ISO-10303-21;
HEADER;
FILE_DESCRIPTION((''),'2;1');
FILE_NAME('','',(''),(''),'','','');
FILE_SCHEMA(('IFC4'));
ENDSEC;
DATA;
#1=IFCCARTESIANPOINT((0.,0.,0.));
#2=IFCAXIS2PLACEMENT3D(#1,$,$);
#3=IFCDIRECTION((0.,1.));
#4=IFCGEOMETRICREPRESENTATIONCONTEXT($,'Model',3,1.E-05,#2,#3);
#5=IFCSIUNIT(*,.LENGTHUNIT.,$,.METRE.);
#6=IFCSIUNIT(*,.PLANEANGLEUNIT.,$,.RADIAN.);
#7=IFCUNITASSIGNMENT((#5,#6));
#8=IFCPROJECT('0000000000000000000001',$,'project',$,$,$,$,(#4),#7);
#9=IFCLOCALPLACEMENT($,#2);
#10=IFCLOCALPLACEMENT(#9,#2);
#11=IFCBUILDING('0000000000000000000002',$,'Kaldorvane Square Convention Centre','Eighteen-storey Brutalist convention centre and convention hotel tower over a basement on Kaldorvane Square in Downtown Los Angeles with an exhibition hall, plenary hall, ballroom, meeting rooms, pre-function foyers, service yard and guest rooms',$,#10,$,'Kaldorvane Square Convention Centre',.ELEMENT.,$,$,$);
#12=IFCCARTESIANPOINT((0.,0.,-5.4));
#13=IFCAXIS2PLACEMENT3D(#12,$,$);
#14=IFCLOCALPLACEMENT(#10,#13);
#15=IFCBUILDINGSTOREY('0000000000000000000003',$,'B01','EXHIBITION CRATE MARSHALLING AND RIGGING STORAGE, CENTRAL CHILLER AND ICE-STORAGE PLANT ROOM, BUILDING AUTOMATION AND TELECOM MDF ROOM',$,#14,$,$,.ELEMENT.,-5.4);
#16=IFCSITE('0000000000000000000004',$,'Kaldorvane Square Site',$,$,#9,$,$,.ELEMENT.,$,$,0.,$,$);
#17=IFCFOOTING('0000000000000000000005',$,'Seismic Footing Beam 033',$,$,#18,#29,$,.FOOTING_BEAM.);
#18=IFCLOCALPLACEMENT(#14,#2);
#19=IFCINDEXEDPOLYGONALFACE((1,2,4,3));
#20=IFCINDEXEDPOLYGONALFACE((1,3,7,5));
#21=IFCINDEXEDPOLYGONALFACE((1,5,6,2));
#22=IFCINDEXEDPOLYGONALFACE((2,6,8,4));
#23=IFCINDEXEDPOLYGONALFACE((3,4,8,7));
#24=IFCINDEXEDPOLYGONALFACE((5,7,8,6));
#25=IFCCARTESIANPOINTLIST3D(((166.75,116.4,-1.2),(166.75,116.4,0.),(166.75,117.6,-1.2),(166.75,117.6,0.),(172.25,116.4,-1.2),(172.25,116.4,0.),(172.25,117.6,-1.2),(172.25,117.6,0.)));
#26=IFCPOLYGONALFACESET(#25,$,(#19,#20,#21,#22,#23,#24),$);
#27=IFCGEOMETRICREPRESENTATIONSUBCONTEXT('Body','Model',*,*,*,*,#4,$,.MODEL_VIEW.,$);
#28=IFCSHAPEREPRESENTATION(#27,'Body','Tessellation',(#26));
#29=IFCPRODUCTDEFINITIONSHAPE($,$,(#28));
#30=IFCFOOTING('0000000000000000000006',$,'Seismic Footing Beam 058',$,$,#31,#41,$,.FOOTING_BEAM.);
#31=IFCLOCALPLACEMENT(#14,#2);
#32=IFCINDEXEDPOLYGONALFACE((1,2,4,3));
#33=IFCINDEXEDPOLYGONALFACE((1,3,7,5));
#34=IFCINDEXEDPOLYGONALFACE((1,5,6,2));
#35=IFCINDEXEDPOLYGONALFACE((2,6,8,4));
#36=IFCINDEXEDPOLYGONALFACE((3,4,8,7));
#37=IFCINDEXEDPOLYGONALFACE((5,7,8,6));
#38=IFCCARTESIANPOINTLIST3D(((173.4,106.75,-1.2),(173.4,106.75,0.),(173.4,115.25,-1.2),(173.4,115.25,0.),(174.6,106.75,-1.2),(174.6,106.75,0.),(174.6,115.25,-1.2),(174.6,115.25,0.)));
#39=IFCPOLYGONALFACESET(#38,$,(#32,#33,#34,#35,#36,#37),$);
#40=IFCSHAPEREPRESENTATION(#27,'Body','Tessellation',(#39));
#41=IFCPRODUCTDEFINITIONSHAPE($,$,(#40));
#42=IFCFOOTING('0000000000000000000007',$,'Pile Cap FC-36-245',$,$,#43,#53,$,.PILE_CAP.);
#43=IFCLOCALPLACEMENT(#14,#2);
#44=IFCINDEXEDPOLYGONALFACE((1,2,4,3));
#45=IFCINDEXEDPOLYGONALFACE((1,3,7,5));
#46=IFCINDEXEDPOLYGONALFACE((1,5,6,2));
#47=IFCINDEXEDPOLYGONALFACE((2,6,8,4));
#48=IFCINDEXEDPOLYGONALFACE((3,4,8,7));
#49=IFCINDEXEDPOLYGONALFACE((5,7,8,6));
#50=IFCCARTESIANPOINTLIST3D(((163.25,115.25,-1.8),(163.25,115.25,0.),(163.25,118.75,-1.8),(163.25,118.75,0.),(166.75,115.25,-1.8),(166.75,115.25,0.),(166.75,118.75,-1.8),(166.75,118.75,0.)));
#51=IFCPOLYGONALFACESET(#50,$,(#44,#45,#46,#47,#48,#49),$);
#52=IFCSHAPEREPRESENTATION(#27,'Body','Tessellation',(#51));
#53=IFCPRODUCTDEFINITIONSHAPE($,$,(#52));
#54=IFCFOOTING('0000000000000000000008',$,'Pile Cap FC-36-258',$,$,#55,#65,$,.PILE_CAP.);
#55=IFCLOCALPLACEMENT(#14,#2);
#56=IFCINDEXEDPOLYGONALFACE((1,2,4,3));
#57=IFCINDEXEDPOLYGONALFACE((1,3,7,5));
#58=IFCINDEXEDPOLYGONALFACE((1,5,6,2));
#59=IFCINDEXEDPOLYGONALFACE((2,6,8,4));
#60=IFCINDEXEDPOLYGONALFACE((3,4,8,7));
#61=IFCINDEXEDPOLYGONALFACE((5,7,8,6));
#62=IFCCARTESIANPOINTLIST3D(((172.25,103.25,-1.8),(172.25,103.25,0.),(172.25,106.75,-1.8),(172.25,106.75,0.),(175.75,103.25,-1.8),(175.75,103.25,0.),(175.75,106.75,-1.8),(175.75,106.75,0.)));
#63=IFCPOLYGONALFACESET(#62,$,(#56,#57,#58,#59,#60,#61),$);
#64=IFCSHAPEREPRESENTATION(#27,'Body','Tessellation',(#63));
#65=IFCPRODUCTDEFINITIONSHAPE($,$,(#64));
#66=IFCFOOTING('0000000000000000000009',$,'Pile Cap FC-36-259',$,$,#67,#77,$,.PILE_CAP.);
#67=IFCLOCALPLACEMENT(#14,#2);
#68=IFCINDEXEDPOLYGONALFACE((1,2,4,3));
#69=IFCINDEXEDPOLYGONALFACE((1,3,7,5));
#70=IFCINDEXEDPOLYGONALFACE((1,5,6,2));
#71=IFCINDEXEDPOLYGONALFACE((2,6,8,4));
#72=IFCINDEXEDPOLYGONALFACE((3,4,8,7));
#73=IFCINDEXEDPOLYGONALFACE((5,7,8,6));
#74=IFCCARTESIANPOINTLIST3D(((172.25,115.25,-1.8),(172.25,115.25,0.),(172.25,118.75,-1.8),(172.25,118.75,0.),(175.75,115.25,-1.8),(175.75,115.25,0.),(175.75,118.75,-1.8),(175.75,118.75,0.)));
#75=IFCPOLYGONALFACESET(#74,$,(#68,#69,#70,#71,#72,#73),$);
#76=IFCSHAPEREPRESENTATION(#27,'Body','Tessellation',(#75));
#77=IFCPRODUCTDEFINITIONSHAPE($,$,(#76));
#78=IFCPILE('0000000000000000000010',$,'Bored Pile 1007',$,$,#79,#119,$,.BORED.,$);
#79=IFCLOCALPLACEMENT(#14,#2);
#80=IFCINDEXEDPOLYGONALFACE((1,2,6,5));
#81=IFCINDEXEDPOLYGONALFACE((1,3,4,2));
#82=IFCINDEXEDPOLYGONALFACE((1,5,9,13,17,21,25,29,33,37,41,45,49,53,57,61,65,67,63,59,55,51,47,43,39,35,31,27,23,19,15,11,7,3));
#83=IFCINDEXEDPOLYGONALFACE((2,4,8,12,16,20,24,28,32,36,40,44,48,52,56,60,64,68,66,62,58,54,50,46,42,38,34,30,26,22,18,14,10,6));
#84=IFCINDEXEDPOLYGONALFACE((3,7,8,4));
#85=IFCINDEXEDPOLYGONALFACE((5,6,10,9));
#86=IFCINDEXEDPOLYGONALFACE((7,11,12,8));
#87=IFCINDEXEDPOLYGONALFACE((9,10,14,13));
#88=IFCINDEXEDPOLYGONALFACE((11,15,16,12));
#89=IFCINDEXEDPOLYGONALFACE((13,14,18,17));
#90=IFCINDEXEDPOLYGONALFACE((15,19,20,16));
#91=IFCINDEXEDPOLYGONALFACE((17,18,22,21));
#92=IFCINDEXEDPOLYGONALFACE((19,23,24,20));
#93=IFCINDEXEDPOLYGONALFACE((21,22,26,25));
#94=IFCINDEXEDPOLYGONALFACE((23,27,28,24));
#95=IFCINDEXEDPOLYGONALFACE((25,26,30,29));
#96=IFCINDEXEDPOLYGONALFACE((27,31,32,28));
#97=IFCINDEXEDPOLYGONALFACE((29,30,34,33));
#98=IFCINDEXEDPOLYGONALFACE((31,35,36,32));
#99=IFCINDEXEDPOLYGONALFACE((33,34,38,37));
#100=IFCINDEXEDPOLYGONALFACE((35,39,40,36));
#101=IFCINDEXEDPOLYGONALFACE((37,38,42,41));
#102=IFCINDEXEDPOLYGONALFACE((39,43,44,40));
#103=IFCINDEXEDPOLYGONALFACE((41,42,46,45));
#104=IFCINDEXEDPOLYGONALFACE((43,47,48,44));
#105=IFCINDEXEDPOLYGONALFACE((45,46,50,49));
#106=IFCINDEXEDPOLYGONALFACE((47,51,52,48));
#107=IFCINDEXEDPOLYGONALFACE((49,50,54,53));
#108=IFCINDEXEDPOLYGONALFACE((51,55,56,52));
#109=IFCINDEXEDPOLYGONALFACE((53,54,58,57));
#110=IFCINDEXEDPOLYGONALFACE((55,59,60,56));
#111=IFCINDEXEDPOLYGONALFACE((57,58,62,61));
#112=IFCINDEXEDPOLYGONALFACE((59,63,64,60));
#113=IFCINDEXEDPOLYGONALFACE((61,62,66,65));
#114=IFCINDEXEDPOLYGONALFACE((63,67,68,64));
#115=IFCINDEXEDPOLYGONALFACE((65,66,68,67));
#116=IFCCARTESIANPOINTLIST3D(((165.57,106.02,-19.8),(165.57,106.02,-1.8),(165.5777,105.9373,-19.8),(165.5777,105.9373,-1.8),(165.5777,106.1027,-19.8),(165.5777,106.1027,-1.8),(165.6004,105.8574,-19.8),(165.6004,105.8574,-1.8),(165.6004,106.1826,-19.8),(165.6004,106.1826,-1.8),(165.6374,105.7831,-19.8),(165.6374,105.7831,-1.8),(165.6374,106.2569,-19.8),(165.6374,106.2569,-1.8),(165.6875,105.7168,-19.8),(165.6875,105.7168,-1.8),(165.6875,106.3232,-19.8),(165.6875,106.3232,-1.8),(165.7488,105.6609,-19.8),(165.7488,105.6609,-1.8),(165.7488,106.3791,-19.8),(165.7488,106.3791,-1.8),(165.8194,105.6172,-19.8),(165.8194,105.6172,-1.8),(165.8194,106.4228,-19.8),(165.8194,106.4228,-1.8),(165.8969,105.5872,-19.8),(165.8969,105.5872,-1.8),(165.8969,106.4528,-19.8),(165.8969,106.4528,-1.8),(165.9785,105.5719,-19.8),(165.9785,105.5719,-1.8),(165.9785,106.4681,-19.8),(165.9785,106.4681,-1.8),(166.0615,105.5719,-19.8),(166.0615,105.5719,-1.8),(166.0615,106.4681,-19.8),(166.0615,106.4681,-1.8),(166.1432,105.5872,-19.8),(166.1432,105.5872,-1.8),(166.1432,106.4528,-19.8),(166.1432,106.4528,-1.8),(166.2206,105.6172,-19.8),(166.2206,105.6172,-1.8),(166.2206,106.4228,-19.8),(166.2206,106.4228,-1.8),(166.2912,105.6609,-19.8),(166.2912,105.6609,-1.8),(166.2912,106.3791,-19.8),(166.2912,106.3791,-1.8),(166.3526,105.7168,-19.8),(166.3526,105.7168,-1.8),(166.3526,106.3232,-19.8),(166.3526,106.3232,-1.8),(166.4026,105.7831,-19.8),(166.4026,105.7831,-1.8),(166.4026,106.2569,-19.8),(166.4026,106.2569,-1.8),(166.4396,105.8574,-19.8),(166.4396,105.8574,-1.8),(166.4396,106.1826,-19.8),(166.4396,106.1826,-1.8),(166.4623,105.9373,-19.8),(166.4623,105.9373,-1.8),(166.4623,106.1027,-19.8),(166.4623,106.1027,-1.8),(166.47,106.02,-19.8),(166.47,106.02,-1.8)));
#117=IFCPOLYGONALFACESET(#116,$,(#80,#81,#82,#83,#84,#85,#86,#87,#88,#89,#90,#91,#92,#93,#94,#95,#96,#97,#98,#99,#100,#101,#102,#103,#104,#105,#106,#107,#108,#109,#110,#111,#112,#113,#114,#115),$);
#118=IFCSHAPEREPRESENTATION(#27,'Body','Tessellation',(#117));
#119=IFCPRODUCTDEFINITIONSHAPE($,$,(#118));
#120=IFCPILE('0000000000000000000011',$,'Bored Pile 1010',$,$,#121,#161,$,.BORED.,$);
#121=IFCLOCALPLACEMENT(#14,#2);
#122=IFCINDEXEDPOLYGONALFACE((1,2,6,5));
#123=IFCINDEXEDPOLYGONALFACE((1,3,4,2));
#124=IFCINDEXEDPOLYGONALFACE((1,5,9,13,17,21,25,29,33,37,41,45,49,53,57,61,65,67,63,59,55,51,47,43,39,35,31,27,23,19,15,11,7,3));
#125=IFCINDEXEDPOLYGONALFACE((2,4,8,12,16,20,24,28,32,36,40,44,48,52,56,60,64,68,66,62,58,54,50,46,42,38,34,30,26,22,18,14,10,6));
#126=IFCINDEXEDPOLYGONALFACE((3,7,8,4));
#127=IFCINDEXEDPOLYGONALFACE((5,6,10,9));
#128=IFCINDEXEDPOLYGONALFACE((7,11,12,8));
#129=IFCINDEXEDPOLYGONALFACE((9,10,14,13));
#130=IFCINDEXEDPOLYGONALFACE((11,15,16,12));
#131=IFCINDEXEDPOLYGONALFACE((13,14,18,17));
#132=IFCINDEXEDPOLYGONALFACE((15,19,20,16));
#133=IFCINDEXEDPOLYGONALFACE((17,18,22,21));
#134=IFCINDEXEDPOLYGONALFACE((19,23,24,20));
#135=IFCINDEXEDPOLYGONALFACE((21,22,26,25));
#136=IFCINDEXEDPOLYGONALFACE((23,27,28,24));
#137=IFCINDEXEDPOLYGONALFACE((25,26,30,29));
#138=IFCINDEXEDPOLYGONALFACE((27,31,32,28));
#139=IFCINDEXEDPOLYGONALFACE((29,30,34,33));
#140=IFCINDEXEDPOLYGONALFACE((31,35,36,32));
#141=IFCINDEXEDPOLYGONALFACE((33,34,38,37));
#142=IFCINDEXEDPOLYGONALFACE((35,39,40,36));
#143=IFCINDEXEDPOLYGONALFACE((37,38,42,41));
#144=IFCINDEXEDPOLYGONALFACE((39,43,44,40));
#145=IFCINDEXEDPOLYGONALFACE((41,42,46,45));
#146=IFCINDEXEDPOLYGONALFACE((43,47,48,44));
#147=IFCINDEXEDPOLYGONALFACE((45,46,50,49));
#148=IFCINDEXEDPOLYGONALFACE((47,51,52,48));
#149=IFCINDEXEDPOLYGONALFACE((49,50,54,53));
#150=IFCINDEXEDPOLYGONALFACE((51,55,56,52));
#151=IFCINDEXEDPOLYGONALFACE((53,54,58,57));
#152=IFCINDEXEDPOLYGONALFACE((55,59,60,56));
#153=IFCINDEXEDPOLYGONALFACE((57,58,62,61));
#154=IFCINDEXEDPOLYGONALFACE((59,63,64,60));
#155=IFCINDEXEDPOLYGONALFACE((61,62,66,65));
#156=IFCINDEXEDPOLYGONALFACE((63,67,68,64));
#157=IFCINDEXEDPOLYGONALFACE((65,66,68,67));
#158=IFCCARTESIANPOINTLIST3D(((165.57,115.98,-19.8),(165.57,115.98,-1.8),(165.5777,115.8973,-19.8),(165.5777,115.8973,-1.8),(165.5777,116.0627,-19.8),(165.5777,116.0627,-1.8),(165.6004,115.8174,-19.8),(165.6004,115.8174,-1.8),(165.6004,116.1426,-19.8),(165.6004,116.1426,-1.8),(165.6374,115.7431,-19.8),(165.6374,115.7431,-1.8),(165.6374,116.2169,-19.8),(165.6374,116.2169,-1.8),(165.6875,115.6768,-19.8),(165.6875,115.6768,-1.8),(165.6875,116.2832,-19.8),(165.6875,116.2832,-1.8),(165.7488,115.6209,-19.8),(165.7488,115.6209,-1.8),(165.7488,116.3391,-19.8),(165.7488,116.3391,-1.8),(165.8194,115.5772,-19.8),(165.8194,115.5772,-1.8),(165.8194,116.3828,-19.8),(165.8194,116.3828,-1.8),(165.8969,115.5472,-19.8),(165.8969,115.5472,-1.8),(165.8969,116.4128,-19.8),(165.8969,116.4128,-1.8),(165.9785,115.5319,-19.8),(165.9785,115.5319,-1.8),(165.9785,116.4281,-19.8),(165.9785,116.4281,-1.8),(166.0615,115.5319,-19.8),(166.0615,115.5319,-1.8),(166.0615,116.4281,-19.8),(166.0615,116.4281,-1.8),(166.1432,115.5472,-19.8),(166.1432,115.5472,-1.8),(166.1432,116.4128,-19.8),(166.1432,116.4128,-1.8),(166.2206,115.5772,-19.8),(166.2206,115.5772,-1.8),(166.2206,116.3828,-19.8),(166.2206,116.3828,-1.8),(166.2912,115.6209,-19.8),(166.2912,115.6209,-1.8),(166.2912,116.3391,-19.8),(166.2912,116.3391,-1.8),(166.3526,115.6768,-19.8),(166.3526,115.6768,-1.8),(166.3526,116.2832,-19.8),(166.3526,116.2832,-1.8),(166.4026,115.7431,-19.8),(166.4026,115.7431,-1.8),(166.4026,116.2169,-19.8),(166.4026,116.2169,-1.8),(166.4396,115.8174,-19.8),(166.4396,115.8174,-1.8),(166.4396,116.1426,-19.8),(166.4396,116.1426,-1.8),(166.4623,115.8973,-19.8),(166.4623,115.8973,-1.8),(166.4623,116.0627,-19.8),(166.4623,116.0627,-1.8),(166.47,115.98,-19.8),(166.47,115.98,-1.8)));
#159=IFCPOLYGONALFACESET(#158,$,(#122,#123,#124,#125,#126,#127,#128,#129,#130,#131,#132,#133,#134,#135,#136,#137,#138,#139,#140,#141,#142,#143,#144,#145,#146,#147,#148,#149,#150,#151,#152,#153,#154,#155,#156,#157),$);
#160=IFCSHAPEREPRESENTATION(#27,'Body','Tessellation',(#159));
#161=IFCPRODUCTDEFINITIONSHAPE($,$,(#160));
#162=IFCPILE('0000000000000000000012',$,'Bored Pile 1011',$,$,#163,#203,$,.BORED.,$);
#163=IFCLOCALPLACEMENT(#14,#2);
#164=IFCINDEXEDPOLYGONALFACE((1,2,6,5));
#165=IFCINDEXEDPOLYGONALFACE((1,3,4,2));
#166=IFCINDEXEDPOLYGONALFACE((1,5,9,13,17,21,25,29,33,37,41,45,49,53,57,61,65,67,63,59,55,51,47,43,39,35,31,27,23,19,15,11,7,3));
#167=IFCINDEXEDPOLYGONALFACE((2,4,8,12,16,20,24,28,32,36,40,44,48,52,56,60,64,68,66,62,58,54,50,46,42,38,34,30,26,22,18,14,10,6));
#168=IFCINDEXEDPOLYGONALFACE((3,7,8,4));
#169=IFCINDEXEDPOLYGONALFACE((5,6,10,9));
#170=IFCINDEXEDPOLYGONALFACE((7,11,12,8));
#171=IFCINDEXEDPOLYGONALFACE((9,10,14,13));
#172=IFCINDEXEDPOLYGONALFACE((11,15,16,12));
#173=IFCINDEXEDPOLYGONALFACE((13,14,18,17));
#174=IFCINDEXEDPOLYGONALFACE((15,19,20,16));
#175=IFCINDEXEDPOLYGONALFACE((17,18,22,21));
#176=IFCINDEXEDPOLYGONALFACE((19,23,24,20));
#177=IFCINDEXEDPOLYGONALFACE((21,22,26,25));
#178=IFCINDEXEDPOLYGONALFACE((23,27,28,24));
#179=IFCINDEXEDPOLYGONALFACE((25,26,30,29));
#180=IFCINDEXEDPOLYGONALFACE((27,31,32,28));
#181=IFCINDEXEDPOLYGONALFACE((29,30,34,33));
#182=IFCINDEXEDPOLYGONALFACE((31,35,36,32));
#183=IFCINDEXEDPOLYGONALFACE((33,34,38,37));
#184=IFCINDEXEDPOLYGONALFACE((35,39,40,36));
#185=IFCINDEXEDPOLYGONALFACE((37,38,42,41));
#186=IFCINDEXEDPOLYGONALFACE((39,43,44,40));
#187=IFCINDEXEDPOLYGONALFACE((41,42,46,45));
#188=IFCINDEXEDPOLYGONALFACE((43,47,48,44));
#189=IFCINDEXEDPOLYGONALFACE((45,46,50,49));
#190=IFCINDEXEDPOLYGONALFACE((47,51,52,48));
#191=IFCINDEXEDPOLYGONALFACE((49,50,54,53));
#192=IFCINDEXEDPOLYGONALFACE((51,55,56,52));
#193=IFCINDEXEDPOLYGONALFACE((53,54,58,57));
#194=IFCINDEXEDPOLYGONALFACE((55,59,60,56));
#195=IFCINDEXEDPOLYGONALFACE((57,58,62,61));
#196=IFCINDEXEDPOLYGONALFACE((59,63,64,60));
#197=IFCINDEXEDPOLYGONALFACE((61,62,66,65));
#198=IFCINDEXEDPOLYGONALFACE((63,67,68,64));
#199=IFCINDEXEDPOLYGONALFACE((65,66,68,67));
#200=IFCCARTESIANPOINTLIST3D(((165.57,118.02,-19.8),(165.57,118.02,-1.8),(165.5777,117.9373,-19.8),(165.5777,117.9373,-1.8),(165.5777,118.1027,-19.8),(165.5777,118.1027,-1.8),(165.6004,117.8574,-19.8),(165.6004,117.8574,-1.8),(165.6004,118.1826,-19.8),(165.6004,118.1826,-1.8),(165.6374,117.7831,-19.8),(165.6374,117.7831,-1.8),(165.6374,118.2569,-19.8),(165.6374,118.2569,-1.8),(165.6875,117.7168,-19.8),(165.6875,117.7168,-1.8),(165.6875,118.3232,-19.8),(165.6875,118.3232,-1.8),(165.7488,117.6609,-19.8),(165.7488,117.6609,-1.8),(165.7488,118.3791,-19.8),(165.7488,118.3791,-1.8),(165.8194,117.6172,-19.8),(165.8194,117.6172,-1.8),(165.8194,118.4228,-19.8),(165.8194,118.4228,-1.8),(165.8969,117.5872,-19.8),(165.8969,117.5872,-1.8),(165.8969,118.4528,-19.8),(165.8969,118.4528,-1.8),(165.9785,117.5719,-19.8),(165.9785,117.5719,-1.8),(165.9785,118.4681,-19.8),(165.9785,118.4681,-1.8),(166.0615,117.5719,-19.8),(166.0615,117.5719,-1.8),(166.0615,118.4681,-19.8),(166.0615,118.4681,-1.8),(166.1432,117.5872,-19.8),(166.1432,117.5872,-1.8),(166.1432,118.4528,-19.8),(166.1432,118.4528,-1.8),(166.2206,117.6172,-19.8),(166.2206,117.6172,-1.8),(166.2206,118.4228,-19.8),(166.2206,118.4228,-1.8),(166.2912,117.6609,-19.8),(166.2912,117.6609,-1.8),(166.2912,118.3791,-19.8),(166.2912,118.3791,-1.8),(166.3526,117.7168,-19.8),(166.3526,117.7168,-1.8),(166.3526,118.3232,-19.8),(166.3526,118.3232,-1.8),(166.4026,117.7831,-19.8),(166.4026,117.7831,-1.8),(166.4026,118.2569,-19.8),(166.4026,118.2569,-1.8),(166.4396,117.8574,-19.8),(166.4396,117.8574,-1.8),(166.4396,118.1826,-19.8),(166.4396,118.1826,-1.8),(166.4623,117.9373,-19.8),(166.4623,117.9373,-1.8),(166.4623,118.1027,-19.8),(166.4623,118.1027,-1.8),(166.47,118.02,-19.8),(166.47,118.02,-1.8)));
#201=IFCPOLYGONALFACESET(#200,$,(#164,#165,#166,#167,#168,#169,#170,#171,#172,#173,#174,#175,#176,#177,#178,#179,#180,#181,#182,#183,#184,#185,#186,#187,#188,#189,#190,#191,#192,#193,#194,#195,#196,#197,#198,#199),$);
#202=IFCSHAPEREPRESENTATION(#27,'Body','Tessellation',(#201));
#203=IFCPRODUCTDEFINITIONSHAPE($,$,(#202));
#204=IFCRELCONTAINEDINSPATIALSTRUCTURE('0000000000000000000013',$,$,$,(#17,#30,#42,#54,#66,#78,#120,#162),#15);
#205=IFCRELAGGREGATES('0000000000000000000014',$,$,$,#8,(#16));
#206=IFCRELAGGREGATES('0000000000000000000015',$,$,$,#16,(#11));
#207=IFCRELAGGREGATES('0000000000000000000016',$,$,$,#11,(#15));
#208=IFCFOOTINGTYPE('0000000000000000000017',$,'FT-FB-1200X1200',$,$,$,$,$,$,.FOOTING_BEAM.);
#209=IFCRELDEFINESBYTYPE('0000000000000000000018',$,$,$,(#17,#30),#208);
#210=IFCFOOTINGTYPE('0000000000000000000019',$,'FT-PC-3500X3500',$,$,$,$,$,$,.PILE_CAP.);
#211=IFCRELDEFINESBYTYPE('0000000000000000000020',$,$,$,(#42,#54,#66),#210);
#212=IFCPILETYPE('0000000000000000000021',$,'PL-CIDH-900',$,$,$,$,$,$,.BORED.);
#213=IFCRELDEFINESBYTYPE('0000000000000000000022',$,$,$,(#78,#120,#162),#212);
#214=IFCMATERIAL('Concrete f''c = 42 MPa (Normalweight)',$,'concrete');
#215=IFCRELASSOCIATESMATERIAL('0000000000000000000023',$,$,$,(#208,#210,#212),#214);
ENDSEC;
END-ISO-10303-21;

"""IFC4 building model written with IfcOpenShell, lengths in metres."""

from ifc_helpers import new_model, si_unit, direction, frame, origin, origin_2d, place, context, subcontext, project, spatial, rectangle, circle, extrude, material, material_profile, profile_set, type_object, element, save


model = new_model("IFC4")

# Units and contexts
model_context = context("Model", 3, precision=1e-05, world=origin(), true_north=direction((0.0, 1.0)))
body_context = subcontext(model_context, "Body", "Model", "MODEL_VIEW")
ifc_project = project(units=[si_unit("LENGTHUNIT", "METRE"), si_unit("PLANEANGLEUNIT", "RADIAN")], contexts=[model_context])

# Site, building, storey
site_placement = place(None, origin())
site = spatial("IfcSite", under=ifc_project, at=site_placement, Name="Kaldorvane Square Site", CompositionType="ELEMENT", RefElevation=0.0)
building_placement = place(site_placement, origin())
building = spatial("IfcBuilding", under=site, at=building_placement, Name="Kaldorvane Square Convention Centre", Description="Eighteen-storey Brutalist convention centre and convention hotel tower over a basement on Kaldorvane Square in Downtown Los Angeles with an exhibition hall, plenary hall, ballroom, meeting rooms, pre-function foyers, service yard and guest rooms", LongName="Kaldorvane Square Convention Centre", CompositionType="ELEMENT")
storey_placement = place(building_placement, frame((0.0, 0.0, -5.4)))
storey = spatial("IfcBuildingStorey", under=building, at=storey_placement, Name="B01", Description="EXHIBITION CRATE MARSHALLING AND RIGGING STORAGE, CENTRAL CHILLER AND ICE-STORAGE PLANT ROOM, BUILDING AUTOMATION AND TELECOM MDF ROOM", CompositionType="ELEMENT", Elevation=-5.4)

# Footings
ifc_material_1 = material(Name="Concrete f'c = 42 MPa (Normalweight)", Category="concrete")
footing_type_1 = type_object("IfcFootingType", Name="FT-FB-1200X1200", PredefinedType="FOOTING_BEAM", material=ifc_material_1)
footing_1_placement = place(storey_placement, frame((169.5, 117.0, -1.2), z_axis=(0.0, 0.0, 1.0), x_axis=(1.0, 0.0, 0.0)))
element("IfcFooting", 1, at=footing_1_placement, inside=storey, type_object=footing_type_1, Name="Seismic Footing Beam 033", PredefinedType="FOOTING_BEAM", context=body_context, shape_type="SweptSolid", body=[
    extrude(rectangle(XDim=5.5, YDim=1.2, at=origin_2d()), origin(), (0.0, 0.0, 1.0), 1.2),
])
footing_2_placement = place(storey_placement, frame((174.0, 111.0, -1.2), z_axis=(0.0, 0.0, 1.0), x_axis=(1.0, 0.0, 0.0)))
element("IfcFooting", 2, at=footing_2_placement, inside=storey, type_object=footing_type_1, Name="Seismic Footing Beam 058", PredefinedType="FOOTING_BEAM", context=body_context, shape_type="SweptSolid", body=[
    extrude(rectangle(XDim=1.2, YDim=8.5, at=origin_2d()), origin(), (0.0, 0.0, 1.0), 1.2),
])
footing_type_2 = type_object("IfcFootingType", Name="FT-PC-3500X3500", PredefinedType="PILE_CAP", material=ifc_material_1)
for number, where, z_axis, x_axis, name in (
    (3, (165.0, 117.0, -1.8), (0.0, 0.0, 1.0), (1.0, 0.0, 0.0), "Pile Cap FC-36-245"),
    (4, (174.0, 105.0, -1.8), (0.0, 0.0, 1.0), (1.0, 0.0, 0.0), "Pile Cap FC-36-258"),
    (5, (174.0, 117.0, -1.8), (0.0, 0.0, 1.0), (1.0, 0.0, 0.0), "Pile Cap FC-36-259"),
):
    element("IfcFooting", number, at=place(storey_placement, frame(where, z_axis=z_axis, x_axis=x_axis)), inside=storey, type_object=footing_type_2, Name=name, PredefinedType="PILE_CAP", context=body_context, shape_type="SweptSolid", body=[
        extrude(rectangle(XDim=3.5, YDim=3.5, at=origin_2d()), origin(), (0.0, 0.0, 1.0), 1.8),
    ])

# Piles
ifc_material_profile_1 = material_profile(ifc_material_1, circle(Radius=0.45, at=origin_2d()), Name="PILE-D900")
ifc_profile_set_1 = profile_set([ifc_material_profile_1], Name="Concrete f'c = 42 MPa (Normalweight)")
pile_type = type_object("IfcPileType", Name="PL-CIDH-900", PredefinedType="BORED", material=ifc_profile_set_1)
for number, where, z_axis, x_axis, name in (
    (6, (166.02, 106.02, -1.8), (0.0, 0.0, -1.0), (1.0, 0.0, 0.0), "Bored Pile 1007"),
    (7, (166.02, 115.98, -1.8), (0.0, 0.0, -1.0), (1.0, 0.0, 0.0), "Bored Pile 1010"),
    (8, (166.02, 118.02, -1.8), (0.0, 0.0, -1.0), (1.0, 0.0, 0.0), "Bored Pile 1011"),
):
    element("IfcPile", number, at=place(storey_placement, frame(where, z_axis=z_axis, x_axis=x_axis)), inside=storey, type_object=pile_type, Name=name, PredefinedType="BORED", context=body_context, shape_type="SweptSolid", body=[
        extrude(circle(Radius=0.45, at=origin_2d()), origin(), (0.0, 0.0, 1.0), 18.0),
    ])

save(model, "model.ifc")
